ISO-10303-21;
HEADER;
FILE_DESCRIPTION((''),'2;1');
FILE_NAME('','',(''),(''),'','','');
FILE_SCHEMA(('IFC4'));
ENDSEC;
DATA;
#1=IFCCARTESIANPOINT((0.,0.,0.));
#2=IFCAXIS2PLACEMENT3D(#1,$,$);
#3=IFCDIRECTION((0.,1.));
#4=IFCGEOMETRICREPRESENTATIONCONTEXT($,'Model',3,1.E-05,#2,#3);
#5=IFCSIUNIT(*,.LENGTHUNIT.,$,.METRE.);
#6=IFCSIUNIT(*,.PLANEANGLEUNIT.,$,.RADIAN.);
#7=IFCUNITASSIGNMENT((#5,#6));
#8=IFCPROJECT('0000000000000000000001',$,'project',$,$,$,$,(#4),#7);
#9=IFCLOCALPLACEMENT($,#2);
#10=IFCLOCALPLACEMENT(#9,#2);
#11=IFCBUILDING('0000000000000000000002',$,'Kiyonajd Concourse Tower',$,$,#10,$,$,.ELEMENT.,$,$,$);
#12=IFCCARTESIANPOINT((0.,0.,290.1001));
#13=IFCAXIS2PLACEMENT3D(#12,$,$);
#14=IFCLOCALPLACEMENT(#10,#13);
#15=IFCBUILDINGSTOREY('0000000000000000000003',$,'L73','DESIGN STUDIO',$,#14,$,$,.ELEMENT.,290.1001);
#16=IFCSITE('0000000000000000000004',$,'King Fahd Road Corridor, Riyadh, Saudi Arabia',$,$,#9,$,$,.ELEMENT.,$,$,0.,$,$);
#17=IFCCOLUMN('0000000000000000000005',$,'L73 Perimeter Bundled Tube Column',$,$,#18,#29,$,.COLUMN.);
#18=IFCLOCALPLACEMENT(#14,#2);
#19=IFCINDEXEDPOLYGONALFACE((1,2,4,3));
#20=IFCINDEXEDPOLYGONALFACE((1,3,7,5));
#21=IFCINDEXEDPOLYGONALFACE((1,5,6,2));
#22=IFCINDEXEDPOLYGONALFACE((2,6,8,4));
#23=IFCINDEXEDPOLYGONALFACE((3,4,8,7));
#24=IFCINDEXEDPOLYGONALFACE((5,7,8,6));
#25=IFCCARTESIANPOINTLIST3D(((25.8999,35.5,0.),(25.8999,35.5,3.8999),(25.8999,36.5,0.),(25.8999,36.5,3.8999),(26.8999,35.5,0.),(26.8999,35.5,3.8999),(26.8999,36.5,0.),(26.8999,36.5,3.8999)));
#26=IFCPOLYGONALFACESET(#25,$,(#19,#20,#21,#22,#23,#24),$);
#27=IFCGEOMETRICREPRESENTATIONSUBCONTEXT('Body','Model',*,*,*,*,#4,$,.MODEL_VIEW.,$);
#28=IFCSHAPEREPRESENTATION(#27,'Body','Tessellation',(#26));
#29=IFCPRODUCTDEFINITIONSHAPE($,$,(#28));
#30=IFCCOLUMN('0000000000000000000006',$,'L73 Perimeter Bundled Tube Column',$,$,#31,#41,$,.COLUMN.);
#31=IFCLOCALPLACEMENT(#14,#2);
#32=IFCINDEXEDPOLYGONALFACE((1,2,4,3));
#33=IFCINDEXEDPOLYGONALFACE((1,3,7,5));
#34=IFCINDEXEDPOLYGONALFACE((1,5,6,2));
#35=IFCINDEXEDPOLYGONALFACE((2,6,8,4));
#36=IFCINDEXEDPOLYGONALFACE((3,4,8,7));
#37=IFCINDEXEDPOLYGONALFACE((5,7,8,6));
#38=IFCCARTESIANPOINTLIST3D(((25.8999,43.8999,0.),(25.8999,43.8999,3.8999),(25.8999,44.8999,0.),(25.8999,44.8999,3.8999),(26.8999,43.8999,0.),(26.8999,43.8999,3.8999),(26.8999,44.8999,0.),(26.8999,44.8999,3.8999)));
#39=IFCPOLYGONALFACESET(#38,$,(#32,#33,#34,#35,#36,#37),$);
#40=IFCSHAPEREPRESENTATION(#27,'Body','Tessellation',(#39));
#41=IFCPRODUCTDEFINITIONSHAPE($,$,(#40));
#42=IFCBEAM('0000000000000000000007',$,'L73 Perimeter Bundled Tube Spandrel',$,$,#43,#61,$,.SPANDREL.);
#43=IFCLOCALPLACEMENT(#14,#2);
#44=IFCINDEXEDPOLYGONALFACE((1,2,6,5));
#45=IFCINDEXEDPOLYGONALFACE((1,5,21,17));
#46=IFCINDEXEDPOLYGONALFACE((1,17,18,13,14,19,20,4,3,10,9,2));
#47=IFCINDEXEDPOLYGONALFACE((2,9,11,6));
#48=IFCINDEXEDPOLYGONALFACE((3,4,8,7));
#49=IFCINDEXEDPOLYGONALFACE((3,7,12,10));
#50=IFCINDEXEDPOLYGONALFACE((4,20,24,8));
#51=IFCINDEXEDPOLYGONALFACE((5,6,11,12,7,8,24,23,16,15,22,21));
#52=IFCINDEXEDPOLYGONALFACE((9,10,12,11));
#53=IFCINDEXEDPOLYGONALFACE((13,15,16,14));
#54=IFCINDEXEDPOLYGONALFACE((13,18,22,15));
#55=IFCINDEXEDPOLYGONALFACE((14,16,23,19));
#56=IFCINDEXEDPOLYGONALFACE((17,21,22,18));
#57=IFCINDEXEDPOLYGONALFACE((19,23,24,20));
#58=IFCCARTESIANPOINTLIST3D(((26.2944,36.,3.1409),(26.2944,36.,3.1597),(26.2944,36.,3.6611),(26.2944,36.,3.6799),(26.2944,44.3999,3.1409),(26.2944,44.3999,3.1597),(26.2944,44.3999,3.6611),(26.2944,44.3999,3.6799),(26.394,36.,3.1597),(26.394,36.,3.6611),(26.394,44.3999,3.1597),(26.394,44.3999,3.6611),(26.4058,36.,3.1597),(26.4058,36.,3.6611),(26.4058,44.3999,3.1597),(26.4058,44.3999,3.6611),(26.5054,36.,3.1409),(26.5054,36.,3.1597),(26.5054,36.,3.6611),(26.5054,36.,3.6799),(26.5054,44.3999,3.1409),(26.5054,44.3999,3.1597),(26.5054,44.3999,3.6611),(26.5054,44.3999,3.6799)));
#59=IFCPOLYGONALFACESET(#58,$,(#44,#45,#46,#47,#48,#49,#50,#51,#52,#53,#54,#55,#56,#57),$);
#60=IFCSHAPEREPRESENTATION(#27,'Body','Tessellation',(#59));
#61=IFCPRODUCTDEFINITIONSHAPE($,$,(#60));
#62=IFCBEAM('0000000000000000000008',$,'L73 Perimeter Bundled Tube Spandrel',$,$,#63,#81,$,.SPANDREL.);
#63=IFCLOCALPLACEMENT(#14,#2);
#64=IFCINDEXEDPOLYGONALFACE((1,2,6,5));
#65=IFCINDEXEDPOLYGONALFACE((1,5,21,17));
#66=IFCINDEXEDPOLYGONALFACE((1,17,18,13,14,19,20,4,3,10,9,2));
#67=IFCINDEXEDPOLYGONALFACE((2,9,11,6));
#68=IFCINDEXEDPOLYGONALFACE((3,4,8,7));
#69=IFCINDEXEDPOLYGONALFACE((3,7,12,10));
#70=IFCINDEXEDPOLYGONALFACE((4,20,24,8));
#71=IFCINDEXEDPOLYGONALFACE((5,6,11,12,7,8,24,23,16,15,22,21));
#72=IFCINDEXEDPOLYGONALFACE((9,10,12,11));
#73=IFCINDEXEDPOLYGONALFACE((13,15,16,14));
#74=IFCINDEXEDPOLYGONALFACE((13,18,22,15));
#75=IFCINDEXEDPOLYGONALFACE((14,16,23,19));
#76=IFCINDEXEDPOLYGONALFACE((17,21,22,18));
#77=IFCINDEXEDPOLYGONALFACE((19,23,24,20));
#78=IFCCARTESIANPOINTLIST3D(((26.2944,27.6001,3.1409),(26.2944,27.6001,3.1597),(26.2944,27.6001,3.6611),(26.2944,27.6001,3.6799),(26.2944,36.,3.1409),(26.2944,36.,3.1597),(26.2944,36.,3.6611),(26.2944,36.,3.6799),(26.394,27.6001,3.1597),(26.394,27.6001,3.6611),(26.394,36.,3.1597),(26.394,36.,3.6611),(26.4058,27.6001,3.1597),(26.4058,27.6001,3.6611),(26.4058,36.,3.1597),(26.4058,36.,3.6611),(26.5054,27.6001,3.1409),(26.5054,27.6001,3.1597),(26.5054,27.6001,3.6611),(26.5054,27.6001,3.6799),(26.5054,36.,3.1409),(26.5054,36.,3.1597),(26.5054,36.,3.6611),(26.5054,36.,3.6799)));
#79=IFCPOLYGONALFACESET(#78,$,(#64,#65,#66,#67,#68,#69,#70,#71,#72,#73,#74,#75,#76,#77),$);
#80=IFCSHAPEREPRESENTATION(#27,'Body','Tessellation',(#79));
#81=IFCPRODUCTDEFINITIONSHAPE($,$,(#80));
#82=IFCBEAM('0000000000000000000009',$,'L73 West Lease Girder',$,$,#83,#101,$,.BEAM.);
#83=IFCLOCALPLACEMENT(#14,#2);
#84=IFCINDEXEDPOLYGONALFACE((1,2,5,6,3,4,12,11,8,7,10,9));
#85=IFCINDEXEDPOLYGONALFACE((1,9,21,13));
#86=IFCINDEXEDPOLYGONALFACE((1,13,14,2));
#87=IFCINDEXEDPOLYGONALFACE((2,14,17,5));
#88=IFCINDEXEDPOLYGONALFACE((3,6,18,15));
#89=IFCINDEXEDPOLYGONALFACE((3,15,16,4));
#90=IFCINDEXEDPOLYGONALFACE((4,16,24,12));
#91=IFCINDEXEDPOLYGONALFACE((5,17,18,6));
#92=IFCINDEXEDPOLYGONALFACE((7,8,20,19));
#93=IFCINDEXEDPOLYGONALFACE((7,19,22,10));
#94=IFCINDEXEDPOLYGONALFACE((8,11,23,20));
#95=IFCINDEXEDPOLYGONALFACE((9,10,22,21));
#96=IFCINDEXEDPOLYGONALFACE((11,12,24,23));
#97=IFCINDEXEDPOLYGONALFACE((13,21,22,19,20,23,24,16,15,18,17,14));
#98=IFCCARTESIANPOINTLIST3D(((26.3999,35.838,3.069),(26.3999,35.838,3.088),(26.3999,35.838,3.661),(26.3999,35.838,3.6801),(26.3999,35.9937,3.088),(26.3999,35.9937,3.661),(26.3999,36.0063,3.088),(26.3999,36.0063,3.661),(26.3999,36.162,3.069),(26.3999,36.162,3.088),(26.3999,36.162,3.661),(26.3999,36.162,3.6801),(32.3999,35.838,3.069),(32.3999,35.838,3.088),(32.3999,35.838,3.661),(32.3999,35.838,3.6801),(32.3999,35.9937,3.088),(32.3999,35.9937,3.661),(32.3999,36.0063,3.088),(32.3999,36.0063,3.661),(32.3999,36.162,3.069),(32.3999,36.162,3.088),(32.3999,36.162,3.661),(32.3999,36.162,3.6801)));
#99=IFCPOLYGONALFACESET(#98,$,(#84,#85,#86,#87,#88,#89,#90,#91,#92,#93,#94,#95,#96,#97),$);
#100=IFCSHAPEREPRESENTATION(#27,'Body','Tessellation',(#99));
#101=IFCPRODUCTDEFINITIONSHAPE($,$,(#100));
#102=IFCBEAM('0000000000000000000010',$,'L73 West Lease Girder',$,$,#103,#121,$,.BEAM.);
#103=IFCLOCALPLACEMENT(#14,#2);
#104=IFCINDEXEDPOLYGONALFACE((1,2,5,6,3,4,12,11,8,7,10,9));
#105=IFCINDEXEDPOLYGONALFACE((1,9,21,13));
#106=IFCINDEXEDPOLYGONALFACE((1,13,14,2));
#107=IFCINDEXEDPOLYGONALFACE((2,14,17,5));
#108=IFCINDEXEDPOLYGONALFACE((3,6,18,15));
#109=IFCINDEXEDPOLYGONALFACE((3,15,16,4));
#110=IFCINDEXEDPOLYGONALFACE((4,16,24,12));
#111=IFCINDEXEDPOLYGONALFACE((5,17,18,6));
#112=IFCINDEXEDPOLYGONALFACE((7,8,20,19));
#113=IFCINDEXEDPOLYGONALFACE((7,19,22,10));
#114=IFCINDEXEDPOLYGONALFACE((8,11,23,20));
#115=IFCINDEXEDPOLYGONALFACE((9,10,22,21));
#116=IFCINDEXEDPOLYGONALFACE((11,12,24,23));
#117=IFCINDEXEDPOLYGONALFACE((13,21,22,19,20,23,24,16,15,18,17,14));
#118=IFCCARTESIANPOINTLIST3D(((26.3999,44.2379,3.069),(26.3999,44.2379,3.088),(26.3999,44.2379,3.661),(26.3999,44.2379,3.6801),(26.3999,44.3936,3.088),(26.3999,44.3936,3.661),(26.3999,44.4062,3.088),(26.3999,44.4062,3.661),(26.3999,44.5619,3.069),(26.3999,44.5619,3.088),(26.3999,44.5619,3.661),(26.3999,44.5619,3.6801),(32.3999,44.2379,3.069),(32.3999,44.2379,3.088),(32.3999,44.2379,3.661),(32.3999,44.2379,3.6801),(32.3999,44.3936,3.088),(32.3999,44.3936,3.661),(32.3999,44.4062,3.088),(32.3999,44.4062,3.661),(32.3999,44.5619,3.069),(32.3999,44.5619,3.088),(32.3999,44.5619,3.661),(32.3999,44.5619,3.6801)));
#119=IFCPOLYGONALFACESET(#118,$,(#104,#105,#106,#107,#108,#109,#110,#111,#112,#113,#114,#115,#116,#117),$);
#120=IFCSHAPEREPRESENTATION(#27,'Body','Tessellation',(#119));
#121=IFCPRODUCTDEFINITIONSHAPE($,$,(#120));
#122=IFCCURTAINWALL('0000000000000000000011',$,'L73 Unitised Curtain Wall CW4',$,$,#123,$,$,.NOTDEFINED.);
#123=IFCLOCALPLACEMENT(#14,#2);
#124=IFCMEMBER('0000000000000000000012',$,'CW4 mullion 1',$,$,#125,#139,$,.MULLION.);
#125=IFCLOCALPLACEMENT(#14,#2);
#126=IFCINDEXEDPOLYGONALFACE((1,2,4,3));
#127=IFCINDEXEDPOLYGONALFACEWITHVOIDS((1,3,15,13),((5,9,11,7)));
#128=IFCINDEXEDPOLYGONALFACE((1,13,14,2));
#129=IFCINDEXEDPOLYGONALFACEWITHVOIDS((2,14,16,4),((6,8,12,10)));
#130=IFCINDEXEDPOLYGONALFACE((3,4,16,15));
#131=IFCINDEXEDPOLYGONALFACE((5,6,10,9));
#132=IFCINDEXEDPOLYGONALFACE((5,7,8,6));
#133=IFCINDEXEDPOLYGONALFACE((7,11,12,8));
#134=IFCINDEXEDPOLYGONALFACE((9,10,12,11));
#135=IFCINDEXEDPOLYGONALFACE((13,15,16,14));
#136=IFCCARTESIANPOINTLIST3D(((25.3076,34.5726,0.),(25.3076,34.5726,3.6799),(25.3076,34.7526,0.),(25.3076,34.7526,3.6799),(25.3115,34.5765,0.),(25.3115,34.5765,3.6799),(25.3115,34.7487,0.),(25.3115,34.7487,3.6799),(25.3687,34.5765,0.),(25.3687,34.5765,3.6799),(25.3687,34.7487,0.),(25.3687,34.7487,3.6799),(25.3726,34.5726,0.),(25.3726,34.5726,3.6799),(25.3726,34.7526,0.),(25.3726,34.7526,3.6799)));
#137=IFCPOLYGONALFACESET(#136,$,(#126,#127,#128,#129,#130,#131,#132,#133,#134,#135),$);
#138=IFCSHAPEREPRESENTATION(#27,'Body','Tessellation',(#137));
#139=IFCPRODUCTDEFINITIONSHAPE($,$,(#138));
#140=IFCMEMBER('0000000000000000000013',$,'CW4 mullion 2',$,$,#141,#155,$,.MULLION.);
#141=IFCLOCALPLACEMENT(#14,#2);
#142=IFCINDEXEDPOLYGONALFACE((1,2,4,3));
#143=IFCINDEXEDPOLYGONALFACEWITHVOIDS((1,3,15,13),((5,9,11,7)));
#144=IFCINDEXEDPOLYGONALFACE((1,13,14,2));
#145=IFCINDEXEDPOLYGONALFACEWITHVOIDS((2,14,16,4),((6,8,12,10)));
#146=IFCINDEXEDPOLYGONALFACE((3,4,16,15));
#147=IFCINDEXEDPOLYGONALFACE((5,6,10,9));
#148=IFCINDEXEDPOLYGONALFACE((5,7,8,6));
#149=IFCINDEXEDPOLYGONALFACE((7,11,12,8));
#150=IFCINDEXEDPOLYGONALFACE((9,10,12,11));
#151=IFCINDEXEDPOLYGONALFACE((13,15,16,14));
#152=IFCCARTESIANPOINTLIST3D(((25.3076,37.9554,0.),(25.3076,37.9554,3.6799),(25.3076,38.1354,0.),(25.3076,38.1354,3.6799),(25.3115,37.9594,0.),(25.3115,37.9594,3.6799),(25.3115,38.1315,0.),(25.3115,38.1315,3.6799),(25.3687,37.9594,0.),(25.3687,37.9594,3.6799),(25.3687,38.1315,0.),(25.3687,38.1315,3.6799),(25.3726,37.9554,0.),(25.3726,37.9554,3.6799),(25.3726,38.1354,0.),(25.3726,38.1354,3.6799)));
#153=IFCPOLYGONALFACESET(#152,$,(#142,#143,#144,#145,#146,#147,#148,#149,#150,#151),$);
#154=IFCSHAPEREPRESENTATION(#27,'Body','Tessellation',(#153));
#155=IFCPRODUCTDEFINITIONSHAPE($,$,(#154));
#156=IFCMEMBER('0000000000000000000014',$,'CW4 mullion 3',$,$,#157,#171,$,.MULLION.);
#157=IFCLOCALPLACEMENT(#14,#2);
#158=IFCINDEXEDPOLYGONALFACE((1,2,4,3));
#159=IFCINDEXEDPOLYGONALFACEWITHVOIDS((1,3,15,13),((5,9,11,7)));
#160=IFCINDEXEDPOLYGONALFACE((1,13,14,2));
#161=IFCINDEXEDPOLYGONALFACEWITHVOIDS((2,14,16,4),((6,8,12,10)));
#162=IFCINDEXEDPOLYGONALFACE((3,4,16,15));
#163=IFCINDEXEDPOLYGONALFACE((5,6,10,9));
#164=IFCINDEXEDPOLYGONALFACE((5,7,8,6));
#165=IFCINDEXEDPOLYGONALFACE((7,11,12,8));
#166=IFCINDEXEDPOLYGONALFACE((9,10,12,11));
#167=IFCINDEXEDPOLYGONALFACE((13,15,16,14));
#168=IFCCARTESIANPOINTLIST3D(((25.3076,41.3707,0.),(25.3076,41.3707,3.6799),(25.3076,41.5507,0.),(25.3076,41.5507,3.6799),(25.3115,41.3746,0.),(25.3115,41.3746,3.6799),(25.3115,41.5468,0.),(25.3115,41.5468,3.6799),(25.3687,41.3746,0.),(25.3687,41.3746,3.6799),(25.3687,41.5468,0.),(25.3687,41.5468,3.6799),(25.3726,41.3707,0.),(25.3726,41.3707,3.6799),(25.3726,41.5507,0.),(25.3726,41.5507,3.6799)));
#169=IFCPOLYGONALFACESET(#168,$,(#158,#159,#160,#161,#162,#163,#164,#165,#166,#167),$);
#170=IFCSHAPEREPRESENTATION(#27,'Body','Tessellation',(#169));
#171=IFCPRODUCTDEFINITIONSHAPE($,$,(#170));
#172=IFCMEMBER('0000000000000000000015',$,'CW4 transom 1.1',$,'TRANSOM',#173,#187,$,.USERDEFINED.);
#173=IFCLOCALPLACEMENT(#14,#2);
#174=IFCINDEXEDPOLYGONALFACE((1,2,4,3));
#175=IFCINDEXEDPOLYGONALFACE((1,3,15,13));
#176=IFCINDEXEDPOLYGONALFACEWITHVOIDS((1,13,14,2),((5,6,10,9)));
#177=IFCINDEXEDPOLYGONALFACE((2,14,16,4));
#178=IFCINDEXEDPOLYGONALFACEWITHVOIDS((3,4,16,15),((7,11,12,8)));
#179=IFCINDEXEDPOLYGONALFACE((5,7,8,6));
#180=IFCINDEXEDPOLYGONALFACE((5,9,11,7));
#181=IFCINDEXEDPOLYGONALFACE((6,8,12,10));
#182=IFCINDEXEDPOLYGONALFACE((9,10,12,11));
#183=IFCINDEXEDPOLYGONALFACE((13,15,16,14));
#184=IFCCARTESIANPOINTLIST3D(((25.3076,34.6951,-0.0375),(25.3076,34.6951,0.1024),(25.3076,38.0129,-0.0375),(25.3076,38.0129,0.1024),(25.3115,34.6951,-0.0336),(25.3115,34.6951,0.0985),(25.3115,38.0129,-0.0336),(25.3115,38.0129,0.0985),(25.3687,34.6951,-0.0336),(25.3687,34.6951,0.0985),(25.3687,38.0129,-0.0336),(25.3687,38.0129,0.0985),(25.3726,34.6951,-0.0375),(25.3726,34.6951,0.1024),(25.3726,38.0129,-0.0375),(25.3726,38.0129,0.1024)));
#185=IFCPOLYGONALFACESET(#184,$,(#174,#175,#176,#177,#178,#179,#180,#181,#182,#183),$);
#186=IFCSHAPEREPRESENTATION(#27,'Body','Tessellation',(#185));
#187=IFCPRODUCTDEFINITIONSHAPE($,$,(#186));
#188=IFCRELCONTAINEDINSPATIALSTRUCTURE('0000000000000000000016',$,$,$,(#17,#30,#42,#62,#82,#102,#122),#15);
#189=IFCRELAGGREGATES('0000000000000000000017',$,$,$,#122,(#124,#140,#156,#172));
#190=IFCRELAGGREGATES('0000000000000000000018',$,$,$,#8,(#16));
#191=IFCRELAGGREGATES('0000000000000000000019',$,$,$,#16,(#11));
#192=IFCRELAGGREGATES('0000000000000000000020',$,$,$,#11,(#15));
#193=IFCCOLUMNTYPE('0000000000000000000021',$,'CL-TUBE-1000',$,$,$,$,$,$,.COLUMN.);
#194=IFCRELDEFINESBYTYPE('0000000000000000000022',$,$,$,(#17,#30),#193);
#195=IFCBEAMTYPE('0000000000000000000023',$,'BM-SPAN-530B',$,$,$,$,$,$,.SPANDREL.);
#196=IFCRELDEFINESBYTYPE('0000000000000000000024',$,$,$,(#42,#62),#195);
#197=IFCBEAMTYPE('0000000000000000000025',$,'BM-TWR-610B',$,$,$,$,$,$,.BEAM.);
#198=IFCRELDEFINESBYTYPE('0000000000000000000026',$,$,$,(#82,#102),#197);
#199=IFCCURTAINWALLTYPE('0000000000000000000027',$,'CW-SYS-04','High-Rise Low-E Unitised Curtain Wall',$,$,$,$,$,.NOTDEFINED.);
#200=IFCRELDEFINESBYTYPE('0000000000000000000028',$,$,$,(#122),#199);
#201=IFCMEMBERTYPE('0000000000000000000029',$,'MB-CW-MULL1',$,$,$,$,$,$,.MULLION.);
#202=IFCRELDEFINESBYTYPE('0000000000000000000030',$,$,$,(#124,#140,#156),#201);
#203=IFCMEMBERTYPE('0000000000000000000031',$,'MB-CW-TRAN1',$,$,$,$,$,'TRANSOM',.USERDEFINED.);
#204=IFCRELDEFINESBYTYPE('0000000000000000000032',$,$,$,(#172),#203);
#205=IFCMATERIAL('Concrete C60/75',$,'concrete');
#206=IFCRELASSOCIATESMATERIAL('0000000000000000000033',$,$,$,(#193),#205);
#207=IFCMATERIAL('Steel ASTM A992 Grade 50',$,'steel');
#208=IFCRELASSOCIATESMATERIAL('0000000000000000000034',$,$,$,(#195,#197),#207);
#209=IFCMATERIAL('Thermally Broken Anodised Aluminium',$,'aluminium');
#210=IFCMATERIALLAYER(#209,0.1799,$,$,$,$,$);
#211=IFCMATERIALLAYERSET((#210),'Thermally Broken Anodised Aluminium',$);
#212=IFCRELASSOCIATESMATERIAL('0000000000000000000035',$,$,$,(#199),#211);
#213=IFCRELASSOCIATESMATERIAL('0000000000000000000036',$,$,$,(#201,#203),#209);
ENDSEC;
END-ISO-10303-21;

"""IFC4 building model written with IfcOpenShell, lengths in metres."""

from ifc_helpers import new_model, si_unit, direction, frame, origin, origin_2d, place, context, subcontext, project, spatial, rectangle, hollow_rectangle, i_section, extrude, material, layer, layer_set, material_profile, profile_set, type_object, element, aggregate, save


model = new_model("IFC4")

# Units and contexts
model_context = context("Model", 3, precision=1e-05, world=origin(), true_north=direction((0.0, 1.0)))
body_context = subcontext(model_context, "Body", "Model", "MODEL_VIEW")
ifc_project = project(units=[si_unit("LENGTHUNIT", "METRE"), si_unit("PLANEANGLEUNIT", "RADIAN")], contexts=[model_context])

# Site, building, storey
site_placement = place(None, origin())
site = spatial("IfcSite", under=ifc_project, at=site_placement, Name="King Fahd Road Corridor, Riyadh, Saudi Arabia", CompositionType="ELEMENT", RefElevation=0.0)
building_placement = place(site_placement, origin())
building = spatial("IfcBuilding", under=site, at=building_placement, Name="Kiyonajd Concourse Tower", CompositionType="ELEMENT")
storey_placement = place(building_placement, frame((0.0, 0.0, 290.1001)))
storey = spatial("IfcBuildingStorey", under=building, at=storey_placement, Name="L73", Description="DESIGN STUDIO", CompositionType="ELEMENT", Elevation=290.1001)

# Columns
ifc_material_1 = material(Name="Concrete C60/75", Category="concrete")
ifc_material_profile_1 = material_profile(ifc_material_1, rectangle(XDim=1.0, YDim=1.0, at=origin_2d()), Name="RC-1000x1000")
ifc_profile_set_1 = profile_set([ifc_material_profile_1], Name="Concrete C60/75")
column_type = type_object("IfcColumnType", Name="CL-TUBE-1000", PredefinedType="COLUMN", material=ifc_profile_set_1)
for number, where, z_axis, x_axis, name in (
    (1, (26.3999, 36.0, 0.0), (0.0, 0.0, 1.0), (1.0, 0.0, 0.0), "L73 Perimeter Bundled Tube Column"),
    (2, (26.3999, 44.3999, 0.0), (0.0, 0.0, 1.0), (1.0, 0.0, 0.0), "L73 Perimeter Bundled Tube Column"),
):
    element("IfcColumn", number, at=place(storey_placement, frame(where, z_axis=z_axis, x_axis=x_axis)), inside=storey, type_object=column_type, Name=name, PredefinedType="COLUMN", context=body_context, shape_type="SweptSolid", body=[
        extrude(rectangle(XDim=1.0, YDim=1.0, at=origin_2d()), origin(), (0.0, 0.0, 1.0), 3.8999),
    ])

# Beams
ifc_material_2 = material(Name="Steel ASTM A992 Grade 50", Category="steel")
ifc_material_profile_2 = material_profile(ifc_material_2, i_section(OverallWidth=0.2109, OverallDepth=0.5391, WebThickness=0.0117, FlangeThickness=0.0188, at=origin_2d()), Name="W530X109")
ifc_profile_set_2 = profile_set([ifc_material_profile_2], Name="Steel ASTM A992 Grade 50")
beam_type_1 = type_object("IfcBeamType", Name="BM-SPAN-530B", PredefinedType="SPANDREL", material=ifc_profile_set_2)
for number, where, z_axis, x_axis, name in (
    (3, (26.3999, 44.3999, 3.4104), (0.0, -1.0, 0.0), (1.0, 0.0, 0.0), "L73 Perimeter Bundled Tube Spandrel"),
    (4, (26.3999, 36.0, 3.4104), (0.0, -1.0, 0.0), (1.0, 0.0, 0.0), "L73 Perimeter Bundled Tube Spandrel"),
):
    element("IfcBeam", number, at=place(storey_placement, frame(where, z_axis=z_axis, x_axis=x_axis)), inside=storey, type_object=beam_type_1, Name=name, PredefinedType="SPANDREL", context=body_context, shape_type="SweptSolid", body=[
        extrude(i_section(OverallWidth=0.2109, OverallDepth=0.5391, WebThickness=0.0117, FlangeThickness=0.0188, at=origin_2d()), origin(), (0.0, 0.0, 1.0), 8.3999),
    ])
ifc_material_profile_3 = material_profile(ifc_material_2, i_section(OverallWidth=0.324, OverallDepth=0.6111, WebThickness=0.0127, FlangeThickness=0.019, at=origin_2d()), Name="W610X155")
ifc_profile_set_3 = profile_set([ifc_material_profile_3], Name="Steel ASTM A992 Grade 50")
beam_type_2 = type_object("IfcBeamType", Name="BM-TWR-610B", PredefinedType="BEAM", material=ifc_profile_set_3)
for number, where, z_axis, x_axis, name in (
    (5, (26.3999, 36.0, 3.3745), (1.0, 0.0, 0.0), (0.0, 1.0, 0.0), "L73 West Lease Girder"),
    (6, (26.3999, 44.3999, 3.3745), (1.0, 0.0, 0.0), (0.0, 1.0, 0.0), "L73 West Lease Girder"),
):
    element("IfcBeam", number, at=place(storey_placement, frame(where, z_axis=z_axis, x_axis=x_axis)), inside=storey, type_object=beam_type_2, Name=name, PredefinedType="BEAM", context=body_context, shape_type="SweptSolid", body=[
        extrude(i_section(OverallWidth=0.324, OverallDepth=0.6111, WebThickness=0.0127, FlangeThickness=0.019, at=origin_2d()), origin(), (0.0, 0.0, 1.0), 6.0),
    ])

# Curtain wall, members
ifc_material_3 = material(Name="Thermally Broken Anodised Aluminium", Category="aluminium")
ifc_layer_1 = layer(ifc_material_3, 0.1799)
ifc_layer_set_1 = layer_set([ifc_layer_1], Name="Thermally Broken Anodised Aluminium")
curtain_wall_type = type_object("IfcCurtainWallType", Name="CW-SYS-04", Description="High-Rise Low-E Unitised Curtain Wall", PredefinedType="NOTDEFINED", material=ifc_layer_set_1)
curtain_wall_placement = place(storey_placement, origin())
curtain_wall = element("IfcCurtainWall", 7, at=curtain_wall_placement, inside=storey, type_object=curtain_wall_type, Name="L73 Unitised Curtain Wall CW4", PredefinedType="NOTDEFINED")
ifc_material_profile_4 = material_profile(ifc_material_3, hollow_rectangle(XDim=0.0649, YDim=0.1799, WallThickness=0.0039, at=origin_2d()), Name="MULL-65x180")
ifc_profile_set_4 = profile_set([ifc_material_profile_4], Name="Thermally Broken Anodised Aluminium")
member_type_1 = type_object("IfcMemberType", Name="MB-CW-MULL1", PredefinedType="MULLION", material=ifc_profile_set_4)
member_1_placement = place(storey_placement, frame((25.3401, 34.6626, 0.0), z_axis=(0.0, 0.0, 1.0), x_axis=(-1.0, 0.0, 0.0)))
member_1 = element("IfcMember", 8, at=member_1_placement, type_object=member_type_1, Name="CW4 mullion 1", PredefinedType="MULLION", context=body_context, shape_type="SweptSolid", body=[
    extrude(hollow_rectangle(XDim=0.0649, YDim=0.1799, WallThickness=0.0039, at=origin_2d()), origin(), (0.0, 0.0, 1.0), 3.6799),
])
member_2_placement = place(storey_placement, frame((25.3401, 38.0454, 0.0), z_axis=(0.0, 0.0, 1.0), x_axis=(-1.0, 0.0, 0.0)))
member_2 = element("IfcMember", 9, at=member_2_placement, type_object=member_type_1, Name="CW4 mullion 2", PredefinedType="MULLION", context=body_context, shape_type="SweptSolid", body=[
    extrude(hollow_rectangle(XDim=0.0649, YDim=0.1799, WallThickness=0.0039, at=origin_2d()), origin(), (0.0, 0.0, 1.0), 3.6799),
])
member_3_placement = place(storey_placement, frame((25.3401, 41.4607, 0.0), z_axis=(0.0, 0.0, 1.0), x_axis=(-1.0, 0.0, 0.0)))
member_3 = element("IfcMember", 10, at=member_3_placement, type_object=member_type_1, Name="CW4 mullion 3", PredefinedType="MULLION", context=body_context, shape_type="SweptSolid", body=[
    extrude(hollow_rectangle(XDim=0.0649, YDim=0.1799, WallThickness=0.0039, at=origin_2d()), origin(), (0.0, 0.0, 1.0), 3.6799),
])
ifc_material_profile_5 = material_profile(ifc_material_3, hollow_rectangle(XDim=0.0649, YDim=0.1399, WallThickness=0.0039, at=origin_2d()), Name="TRAN-65x140")
ifc_profile_set_5 = profile_set([ifc_material_profile_5], Name="Thermally Broken Anodised Aluminium")
member_type_2 = type_object("IfcMemberType", Name="MB-CW-TRAN1", ElementType="TRANSOM", PredefinedType="USERDEFINED", material=ifc_profile_set_5)
member_4_placement = place(storey_placement, frame((25.3401, 34.6951, 0.0325), z_axis=(0.0, 1.0, 0.0), x_axis=(-1.0, 0.0, 0.0)))
member_4 = element("IfcMember", 11, at=member_4_placement, type_object=member_type_2, Name="CW4 transom 1.1", ObjectType="TRANSOM", PredefinedType="USERDEFINED", context=body_context, shape_type="SweptSolid", body=[
    extrude(hollow_rectangle(XDim=0.0649, YDim=0.1399, WallThickness=0.0039, at=origin_2d()), origin(), (0.0, 0.0, 1.0), 3.3179),
])

aggregate(curtain_wall, [member_1, member_2, member_3, member_4])

save(model, "model.ifc")
